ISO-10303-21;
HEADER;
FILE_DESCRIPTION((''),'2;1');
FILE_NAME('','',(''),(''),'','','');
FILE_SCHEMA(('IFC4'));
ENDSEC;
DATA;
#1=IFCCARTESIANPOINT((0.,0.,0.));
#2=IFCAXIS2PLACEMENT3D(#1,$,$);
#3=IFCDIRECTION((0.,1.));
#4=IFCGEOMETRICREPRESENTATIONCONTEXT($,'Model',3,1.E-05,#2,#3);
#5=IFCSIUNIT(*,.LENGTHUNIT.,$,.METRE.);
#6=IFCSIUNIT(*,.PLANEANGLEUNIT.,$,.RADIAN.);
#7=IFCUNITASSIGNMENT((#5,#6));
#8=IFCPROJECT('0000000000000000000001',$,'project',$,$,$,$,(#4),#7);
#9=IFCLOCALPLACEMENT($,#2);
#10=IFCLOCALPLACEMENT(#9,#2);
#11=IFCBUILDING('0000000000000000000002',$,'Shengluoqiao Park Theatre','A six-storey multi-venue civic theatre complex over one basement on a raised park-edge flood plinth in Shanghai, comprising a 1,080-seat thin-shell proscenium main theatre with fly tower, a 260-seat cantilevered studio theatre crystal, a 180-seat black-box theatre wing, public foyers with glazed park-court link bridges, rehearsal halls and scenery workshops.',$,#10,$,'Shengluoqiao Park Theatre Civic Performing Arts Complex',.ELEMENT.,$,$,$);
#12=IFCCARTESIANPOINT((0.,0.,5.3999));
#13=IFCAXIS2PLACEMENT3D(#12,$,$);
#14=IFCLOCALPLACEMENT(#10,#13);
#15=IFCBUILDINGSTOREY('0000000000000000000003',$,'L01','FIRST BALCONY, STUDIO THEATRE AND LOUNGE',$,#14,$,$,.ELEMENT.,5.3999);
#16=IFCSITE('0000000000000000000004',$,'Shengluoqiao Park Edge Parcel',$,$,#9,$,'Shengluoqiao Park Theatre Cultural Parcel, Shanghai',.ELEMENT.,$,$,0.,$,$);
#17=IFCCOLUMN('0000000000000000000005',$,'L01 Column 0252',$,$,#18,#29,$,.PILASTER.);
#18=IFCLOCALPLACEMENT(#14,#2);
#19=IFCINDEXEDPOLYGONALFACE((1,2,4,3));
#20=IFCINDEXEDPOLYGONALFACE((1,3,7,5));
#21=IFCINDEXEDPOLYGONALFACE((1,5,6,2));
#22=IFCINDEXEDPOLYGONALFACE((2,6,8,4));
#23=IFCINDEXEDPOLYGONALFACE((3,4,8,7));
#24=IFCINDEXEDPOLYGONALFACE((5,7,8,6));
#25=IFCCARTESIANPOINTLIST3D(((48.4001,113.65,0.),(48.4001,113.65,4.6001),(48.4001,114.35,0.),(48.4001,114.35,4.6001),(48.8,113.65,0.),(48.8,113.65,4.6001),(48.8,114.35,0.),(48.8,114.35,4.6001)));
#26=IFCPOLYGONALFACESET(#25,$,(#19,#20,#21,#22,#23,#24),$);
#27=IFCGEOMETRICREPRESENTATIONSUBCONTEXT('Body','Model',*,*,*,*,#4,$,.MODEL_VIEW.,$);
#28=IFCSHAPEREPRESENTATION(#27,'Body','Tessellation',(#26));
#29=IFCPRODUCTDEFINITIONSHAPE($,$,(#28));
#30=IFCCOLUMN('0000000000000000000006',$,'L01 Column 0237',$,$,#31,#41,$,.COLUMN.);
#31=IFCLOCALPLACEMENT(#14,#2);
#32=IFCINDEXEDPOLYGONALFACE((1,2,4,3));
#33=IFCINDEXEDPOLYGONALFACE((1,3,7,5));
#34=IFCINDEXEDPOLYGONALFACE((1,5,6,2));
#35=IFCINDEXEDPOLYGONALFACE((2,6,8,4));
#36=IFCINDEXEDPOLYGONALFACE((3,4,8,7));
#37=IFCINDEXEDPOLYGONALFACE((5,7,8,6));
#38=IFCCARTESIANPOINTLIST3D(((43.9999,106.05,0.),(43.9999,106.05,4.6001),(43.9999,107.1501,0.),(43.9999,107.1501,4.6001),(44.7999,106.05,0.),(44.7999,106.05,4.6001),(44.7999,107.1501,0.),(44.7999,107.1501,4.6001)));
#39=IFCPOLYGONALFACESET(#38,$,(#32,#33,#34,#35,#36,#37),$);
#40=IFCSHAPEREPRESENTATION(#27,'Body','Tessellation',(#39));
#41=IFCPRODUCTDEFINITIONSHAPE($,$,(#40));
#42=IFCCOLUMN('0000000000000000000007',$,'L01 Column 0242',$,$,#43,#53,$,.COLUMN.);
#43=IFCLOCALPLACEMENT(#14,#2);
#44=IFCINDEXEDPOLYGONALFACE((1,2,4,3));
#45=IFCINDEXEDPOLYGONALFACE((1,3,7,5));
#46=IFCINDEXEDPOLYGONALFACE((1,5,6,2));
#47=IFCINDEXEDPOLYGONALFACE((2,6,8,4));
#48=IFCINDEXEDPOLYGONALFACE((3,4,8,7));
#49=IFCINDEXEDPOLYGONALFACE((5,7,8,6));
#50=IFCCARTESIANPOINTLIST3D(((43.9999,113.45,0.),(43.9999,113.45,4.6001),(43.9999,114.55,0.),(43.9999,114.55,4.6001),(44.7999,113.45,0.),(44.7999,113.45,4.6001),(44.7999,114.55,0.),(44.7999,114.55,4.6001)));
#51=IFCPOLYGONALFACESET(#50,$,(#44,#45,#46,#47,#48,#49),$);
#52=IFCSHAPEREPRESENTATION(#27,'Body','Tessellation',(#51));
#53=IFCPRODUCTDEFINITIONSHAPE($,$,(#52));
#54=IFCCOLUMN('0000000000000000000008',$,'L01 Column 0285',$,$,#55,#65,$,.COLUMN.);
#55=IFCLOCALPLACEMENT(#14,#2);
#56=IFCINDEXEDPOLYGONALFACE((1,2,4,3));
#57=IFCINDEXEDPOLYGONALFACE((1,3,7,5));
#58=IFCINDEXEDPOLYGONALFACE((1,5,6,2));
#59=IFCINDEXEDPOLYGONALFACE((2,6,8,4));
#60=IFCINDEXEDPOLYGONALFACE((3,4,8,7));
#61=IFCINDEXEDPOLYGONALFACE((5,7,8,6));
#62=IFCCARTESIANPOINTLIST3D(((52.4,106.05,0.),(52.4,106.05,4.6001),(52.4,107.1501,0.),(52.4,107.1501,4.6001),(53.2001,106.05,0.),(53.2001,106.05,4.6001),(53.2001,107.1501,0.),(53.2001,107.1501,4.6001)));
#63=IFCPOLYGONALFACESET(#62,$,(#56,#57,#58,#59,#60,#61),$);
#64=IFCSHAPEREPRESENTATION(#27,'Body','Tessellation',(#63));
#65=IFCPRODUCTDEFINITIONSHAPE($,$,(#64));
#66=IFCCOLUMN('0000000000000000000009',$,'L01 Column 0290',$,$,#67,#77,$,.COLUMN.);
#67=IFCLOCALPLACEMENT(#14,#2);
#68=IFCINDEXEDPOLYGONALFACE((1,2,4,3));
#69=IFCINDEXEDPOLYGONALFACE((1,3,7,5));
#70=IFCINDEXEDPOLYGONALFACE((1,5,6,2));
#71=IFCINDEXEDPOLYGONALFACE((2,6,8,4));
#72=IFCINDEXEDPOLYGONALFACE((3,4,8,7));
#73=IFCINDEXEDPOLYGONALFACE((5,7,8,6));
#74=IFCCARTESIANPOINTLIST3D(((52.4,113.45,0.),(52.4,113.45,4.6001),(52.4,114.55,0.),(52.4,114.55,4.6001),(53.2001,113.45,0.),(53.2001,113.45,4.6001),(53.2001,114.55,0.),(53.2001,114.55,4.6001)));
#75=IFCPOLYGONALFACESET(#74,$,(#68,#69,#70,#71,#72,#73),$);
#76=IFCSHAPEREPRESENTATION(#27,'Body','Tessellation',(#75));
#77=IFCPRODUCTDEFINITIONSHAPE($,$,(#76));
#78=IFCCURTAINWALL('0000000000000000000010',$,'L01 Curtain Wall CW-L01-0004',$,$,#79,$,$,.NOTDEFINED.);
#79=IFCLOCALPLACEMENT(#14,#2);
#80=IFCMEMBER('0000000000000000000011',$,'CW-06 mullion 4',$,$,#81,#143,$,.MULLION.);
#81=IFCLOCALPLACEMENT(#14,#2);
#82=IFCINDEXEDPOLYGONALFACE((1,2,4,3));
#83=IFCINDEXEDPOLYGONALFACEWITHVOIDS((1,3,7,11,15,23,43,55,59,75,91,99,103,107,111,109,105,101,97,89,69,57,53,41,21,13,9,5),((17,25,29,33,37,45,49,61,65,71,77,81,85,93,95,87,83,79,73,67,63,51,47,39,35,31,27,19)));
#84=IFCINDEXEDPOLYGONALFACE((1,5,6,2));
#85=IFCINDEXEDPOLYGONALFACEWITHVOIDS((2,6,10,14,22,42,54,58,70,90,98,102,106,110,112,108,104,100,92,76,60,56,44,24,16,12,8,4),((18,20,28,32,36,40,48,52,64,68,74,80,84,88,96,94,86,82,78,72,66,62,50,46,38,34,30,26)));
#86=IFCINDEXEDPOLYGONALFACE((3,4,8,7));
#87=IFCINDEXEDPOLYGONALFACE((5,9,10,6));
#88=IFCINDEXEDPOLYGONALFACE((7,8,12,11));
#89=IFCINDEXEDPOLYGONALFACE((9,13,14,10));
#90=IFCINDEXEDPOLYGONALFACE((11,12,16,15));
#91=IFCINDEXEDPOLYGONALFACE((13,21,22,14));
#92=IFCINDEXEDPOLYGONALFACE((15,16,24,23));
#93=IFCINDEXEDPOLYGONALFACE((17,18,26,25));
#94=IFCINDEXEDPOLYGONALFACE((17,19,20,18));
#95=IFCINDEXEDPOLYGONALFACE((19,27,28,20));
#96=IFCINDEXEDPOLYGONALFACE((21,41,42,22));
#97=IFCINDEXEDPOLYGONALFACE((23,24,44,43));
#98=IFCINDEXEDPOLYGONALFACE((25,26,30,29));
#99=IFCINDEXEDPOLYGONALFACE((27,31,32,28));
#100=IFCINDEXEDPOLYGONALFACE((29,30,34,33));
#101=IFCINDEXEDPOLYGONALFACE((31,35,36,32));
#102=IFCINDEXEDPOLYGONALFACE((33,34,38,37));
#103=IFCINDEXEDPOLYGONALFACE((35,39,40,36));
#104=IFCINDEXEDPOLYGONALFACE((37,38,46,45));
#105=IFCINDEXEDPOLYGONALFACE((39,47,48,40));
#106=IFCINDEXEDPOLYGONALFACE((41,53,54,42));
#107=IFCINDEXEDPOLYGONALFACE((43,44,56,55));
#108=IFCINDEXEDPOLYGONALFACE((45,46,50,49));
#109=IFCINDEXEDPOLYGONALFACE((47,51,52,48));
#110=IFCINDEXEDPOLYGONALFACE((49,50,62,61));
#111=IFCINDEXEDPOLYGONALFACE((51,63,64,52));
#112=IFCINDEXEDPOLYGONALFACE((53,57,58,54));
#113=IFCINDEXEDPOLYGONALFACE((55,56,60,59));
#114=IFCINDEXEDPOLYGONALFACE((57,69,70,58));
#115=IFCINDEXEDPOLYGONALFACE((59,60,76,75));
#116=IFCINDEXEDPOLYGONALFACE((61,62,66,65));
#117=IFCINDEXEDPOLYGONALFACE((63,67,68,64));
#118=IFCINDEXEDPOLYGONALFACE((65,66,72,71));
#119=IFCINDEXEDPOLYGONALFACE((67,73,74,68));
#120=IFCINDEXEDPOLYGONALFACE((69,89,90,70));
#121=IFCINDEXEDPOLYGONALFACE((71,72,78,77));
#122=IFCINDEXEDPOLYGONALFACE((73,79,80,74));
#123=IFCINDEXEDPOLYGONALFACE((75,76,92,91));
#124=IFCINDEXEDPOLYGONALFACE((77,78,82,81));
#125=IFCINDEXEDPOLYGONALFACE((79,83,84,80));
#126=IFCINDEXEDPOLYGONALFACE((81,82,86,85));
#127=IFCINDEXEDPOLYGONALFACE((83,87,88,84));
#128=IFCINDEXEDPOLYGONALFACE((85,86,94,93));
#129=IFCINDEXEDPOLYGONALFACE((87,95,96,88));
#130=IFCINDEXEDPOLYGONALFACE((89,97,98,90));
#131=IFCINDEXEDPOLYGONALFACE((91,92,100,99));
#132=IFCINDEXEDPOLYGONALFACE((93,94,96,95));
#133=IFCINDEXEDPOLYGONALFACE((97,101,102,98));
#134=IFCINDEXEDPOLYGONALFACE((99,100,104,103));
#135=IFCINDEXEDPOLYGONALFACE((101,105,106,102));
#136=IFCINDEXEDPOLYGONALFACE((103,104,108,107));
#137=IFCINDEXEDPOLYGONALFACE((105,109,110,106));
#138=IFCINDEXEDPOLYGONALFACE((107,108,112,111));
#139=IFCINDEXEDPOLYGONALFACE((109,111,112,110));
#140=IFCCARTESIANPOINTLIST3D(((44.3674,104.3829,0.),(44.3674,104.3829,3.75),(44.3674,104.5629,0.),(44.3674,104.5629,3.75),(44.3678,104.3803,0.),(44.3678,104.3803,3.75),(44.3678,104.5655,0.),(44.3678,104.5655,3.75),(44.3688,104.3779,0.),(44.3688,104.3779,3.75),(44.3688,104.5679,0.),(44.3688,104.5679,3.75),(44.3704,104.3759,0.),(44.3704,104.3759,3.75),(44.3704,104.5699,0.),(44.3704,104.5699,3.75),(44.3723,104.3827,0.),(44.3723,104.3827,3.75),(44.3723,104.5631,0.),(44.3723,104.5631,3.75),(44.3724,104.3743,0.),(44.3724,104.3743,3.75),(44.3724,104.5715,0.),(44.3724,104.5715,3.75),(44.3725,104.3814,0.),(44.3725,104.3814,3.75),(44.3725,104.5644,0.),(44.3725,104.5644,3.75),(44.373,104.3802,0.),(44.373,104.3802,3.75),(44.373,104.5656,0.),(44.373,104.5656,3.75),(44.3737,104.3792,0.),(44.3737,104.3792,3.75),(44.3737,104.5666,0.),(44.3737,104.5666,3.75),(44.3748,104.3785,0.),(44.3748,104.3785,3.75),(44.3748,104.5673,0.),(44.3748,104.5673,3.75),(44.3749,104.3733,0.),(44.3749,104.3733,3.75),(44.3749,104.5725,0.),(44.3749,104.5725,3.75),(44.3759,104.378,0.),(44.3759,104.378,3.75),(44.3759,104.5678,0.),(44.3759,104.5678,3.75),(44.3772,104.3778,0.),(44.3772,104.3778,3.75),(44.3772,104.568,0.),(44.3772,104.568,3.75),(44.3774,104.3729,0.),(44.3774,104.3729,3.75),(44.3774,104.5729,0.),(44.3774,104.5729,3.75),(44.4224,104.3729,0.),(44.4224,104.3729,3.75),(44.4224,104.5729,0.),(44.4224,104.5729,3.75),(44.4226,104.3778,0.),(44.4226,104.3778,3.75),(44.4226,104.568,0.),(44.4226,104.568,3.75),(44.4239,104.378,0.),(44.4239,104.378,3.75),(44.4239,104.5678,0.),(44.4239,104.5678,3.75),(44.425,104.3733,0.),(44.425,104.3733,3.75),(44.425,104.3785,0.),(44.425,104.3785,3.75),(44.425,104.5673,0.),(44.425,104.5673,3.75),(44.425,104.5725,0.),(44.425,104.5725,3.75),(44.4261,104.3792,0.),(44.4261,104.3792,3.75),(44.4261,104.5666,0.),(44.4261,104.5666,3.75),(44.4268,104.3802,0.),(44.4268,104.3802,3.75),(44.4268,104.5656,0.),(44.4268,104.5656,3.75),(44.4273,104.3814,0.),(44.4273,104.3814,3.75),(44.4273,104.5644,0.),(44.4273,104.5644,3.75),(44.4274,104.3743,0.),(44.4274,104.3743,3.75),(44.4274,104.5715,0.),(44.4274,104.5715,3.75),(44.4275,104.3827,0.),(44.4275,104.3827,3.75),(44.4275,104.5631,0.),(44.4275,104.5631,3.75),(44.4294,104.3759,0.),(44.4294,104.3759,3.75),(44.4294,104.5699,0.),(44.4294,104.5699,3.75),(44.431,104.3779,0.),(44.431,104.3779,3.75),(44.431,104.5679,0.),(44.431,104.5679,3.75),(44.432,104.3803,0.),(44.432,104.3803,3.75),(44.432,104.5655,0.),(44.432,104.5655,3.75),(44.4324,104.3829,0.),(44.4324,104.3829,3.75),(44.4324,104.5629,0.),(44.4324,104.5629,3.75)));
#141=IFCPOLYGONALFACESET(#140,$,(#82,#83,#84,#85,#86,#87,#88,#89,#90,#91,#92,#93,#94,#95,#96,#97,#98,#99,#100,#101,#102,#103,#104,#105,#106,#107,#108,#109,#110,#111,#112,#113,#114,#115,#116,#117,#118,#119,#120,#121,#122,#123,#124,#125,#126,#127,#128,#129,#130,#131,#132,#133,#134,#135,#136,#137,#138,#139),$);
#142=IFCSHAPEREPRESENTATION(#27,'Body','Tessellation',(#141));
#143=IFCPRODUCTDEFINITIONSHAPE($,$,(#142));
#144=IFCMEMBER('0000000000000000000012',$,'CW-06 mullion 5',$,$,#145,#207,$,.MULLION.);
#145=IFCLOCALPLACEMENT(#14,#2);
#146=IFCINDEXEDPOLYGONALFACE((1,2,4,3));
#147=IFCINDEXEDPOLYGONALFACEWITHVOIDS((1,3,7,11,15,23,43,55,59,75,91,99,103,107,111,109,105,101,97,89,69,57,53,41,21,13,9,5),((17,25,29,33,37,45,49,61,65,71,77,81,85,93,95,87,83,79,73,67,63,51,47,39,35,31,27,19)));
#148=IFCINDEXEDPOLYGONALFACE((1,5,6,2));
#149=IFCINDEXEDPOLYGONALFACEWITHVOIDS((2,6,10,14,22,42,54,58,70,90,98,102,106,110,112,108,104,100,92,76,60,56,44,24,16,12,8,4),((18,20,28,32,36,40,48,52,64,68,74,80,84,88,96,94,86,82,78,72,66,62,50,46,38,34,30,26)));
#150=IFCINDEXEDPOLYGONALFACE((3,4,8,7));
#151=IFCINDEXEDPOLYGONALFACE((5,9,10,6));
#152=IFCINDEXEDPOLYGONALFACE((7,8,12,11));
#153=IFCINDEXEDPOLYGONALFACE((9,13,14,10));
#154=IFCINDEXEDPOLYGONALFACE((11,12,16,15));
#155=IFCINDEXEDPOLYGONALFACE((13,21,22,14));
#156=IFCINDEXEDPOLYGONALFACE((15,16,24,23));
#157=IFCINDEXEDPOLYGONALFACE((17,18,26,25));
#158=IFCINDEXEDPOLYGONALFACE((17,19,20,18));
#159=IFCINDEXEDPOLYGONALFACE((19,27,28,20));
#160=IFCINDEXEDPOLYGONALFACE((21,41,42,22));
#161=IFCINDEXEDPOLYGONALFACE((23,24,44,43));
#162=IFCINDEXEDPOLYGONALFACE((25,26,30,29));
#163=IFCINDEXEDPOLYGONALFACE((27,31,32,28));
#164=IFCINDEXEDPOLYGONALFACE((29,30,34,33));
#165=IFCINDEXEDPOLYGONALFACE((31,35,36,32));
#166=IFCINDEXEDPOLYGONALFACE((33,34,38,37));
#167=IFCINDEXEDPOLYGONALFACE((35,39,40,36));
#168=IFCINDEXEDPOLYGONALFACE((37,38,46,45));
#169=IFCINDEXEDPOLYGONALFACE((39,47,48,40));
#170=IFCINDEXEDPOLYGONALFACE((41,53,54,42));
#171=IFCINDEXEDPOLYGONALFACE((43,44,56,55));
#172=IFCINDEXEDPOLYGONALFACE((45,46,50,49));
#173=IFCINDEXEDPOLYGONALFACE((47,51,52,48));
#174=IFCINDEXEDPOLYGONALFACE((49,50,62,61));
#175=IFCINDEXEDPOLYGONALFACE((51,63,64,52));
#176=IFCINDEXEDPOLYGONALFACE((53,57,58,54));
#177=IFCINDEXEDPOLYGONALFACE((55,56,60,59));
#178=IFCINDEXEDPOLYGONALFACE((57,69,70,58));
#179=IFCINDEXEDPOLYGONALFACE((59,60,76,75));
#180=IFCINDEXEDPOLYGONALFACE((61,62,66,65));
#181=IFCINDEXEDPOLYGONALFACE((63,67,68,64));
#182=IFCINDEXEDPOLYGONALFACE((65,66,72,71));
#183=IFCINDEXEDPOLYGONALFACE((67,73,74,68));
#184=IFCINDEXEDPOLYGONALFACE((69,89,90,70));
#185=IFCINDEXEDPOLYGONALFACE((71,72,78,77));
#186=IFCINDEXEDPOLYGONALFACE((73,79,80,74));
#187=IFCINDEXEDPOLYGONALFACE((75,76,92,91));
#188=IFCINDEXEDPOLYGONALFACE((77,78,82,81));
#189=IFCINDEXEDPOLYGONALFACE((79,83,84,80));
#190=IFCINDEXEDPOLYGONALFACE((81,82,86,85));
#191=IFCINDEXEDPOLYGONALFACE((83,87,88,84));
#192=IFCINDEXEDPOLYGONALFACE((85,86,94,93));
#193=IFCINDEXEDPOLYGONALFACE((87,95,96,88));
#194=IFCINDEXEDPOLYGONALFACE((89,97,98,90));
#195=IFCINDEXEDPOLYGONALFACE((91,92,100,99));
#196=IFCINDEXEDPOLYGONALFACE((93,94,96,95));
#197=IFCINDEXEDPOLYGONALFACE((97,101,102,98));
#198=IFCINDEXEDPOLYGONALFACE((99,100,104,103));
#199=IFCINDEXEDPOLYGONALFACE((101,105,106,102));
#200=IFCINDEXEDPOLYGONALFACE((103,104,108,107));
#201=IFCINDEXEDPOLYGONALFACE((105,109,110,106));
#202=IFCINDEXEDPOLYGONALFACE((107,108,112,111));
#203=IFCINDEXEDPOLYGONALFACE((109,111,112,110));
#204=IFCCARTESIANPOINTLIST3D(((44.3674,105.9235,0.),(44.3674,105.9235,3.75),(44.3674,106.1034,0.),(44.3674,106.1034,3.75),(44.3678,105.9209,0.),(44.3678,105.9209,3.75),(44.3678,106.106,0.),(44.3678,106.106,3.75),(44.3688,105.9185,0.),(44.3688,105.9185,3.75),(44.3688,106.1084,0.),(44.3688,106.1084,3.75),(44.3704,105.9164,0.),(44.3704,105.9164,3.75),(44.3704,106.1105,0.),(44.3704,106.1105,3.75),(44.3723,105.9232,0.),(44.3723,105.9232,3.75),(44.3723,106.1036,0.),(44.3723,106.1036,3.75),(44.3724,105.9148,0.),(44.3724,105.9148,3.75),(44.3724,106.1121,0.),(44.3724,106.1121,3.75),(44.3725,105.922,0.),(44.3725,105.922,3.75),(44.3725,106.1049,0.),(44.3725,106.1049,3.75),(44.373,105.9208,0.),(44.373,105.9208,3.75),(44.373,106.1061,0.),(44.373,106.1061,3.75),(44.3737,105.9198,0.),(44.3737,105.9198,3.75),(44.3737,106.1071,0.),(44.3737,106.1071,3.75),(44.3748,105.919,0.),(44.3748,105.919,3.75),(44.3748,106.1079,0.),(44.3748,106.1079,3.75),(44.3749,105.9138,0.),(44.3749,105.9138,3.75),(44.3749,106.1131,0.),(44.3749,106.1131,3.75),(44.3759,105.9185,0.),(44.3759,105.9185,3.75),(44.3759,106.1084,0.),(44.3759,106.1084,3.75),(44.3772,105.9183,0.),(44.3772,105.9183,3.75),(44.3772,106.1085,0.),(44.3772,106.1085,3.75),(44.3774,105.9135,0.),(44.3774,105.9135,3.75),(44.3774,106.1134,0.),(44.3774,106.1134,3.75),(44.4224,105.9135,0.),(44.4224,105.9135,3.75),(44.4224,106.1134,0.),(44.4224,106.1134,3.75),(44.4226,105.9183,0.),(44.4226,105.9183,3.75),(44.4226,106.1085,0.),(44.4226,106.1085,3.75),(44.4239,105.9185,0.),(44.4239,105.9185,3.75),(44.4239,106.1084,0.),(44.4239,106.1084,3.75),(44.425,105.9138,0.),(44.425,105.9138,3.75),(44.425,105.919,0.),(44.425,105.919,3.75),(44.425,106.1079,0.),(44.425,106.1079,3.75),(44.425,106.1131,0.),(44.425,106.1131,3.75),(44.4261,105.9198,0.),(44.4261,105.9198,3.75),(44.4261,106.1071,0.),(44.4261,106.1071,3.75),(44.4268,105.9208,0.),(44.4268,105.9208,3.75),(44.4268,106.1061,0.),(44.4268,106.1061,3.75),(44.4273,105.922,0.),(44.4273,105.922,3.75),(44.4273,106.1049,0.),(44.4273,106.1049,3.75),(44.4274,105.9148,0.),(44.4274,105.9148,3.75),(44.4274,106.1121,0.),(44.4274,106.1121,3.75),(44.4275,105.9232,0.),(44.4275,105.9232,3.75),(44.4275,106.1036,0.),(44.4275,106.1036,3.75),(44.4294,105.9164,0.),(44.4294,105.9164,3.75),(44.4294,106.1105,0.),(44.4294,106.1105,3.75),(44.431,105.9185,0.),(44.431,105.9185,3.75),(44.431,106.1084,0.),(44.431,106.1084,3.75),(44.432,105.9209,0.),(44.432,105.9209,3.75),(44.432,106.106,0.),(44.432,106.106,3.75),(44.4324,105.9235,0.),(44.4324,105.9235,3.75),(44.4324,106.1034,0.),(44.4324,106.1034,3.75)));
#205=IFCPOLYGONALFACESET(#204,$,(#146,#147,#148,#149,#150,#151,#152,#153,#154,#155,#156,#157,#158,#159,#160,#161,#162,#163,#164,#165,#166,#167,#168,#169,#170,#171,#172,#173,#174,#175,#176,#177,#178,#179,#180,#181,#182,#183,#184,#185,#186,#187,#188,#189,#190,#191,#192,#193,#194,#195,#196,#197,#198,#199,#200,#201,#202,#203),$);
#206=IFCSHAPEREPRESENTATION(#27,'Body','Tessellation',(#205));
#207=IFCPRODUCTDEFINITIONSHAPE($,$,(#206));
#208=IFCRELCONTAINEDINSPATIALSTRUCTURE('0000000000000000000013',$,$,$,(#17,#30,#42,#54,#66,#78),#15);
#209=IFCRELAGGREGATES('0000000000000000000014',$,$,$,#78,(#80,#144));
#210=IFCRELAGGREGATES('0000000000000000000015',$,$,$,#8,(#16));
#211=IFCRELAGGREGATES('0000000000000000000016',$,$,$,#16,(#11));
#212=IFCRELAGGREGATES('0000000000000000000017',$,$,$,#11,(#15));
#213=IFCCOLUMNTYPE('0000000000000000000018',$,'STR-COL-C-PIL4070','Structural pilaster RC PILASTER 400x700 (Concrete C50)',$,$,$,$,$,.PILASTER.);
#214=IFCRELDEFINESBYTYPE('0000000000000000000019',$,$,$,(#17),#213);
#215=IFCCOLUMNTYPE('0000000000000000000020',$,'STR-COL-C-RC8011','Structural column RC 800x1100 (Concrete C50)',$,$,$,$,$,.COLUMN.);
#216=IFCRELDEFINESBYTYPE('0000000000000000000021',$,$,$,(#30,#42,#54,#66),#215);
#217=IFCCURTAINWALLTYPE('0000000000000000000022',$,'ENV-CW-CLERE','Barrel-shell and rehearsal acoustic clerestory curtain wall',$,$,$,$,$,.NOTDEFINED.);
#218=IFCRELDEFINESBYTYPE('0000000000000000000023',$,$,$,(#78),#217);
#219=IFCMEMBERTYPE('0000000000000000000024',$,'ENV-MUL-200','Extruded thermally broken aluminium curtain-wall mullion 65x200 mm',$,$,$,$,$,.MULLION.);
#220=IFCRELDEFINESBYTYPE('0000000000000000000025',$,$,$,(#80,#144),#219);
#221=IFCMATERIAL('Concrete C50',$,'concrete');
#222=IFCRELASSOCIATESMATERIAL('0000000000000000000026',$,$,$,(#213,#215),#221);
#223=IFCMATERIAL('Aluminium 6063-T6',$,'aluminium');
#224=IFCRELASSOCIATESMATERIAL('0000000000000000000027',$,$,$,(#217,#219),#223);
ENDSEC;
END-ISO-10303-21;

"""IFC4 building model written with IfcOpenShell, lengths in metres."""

from ifc_helpers import new_model, si_unit, direction, frame, origin, origin_2d, place, context, subcontext, project, spatial, rectangle, hollow_rectangle, extrude, material, material_profile, profile_set, type_object, element, aggregate, save


model = new_model("IFC4")

# Units and contexts
model_context = context("Model", 3, precision=1e-05, world=origin(), true_north=direction((0.0, 1.0)))
body_context = subcontext(model_context, "Body", "Model", "MODEL_VIEW")
ifc_project = project(units=[si_unit("LENGTHUNIT", "METRE"), si_unit("PLANEANGLEUNIT", "RADIAN")], contexts=[model_context])

# Site, building, storey
site_placement = place(None, origin())
site = spatial("IfcSite", under=ifc_project, at=site_placement, Name="Shengluoqiao Park Edge Parcel", LongName="Shengluoqiao Park Theatre Cultural Parcel, Shanghai", CompositionType="ELEMENT", RefElevation=0.0)
building_placement = place(site_placement, origin())
building = spatial("IfcBuilding", under=site, at=building_placement, Name="Shengluoqiao Park Theatre", Description="A six-storey multi-venue civic theatre complex over one basement on a raised park-edge flood plinth in Shanghai, comprising a 1,080-seat thin-shell proscenium main theatre with fly tower, a 260-seat cantilevered studio theatre crystal, a 180-seat black-box theatre wing, public foyers with glazed park-court link bridges, rehearsal halls and scenery workshops.", LongName="Shengluoqiao Park Theatre Civic Performing Arts Complex", CompositionType="ELEMENT")
storey_placement = place(building_placement, frame((0.0, 0.0, 5.3999)))
storey = spatial("IfcBuildingStorey", under=building, at=storey_placement, Name="L01", Description="FIRST BALCONY, STUDIO THEATRE AND LOUNGE", CompositionType="ELEMENT", Elevation=5.3999)

# Columns
ifc_material_1 = material(Name="Concrete C50", Category="concrete")
ifc_material_profile_1 = material_profile(ifc_material_1, rectangle(XDim=0.3999, YDim=0.7, at=origin_2d()), Name="RC PILASTER 400x700")
ifc_profile_set_1 = profile_set([ifc_material_profile_1], Name="Concrete C50")
column_type_1 = type_object("IfcColumnType", Name="STR-COL-C-PIL4070", Description="Structural pilaster RC PILASTER 400x700 (Concrete C50)", PredefinedType="PILASTER", material=ifc_profile_set_1)
column_placement = place(storey_placement, frame((48.6001, 114.0, 0.0), z_axis=(0.0, 0.0, 1.0), x_axis=(1.0, 0.0, 0.0)))
element("IfcColumn", 1, at=column_placement, inside=storey, type_object=column_type_1, Name="L01 Column 0252", PredefinedType="PILASTER", context=body_context, shape_type="SweptSolid", body=[
    extrude(rectangle(XDim=0.3999, YDim=0.7, at=origin_2d()), origin(), (0.0, 0.0, 1.0), 4.6001),
])
ifc_material_profile_2 = material_profile(ifc_material_1, rectangle(XDim=0.8, YDim=1.1001, at=origin_2d()), Name="RC 800x1100")
ifc_profile_set_2 = profile_set([ifc_material_profile_2], Name="Concrete C50")
column_type_2 = type_object("IfcColumnType", Name="STR-COL-C-RC8011", Description="Structural column RC 800x1100 (Concrete C50)", PredefinedType="COLUMN", material=ifc_profile_set_2)
for number, where, z_axis, x_axis, name in (
    (2, (44.3999, 106.6001, 0.0), (0.0, 0.0, 1.0), (1.0, 0.0, 0.0), "L01 Column 0237"),
    (3, (44.3999, 114.0, 0.0), (0.0, 0.0, 1.0), (1.0, 0.0, 0.0), "L01 Column 0242"),
    (4, (52.8, 106.6001, 0.0), (0.0, 0.0, 1.0), (1.0, 0.0, 0.0), "L01 Column 0285"),
    (5, (52.8, 114.0, 0.0), (0.0, 0.0, 1.0), (1.0, 0.0, 0.0), "L01 Column 0290"),
):
    element("IfcColumn", number, at=place(storey_placement, frame(where, z_axis=z_axis, x_axis=x_axis)), inside=storey, type_object=column_type_2, Name=name, PredefinedType="COLUMN", context=body_context, shape_type="SweptSolid", body=[
        extrude(rectangle(XDim=0.8, YDim=1.1001, at=origin_2d()), origin(), (0.0, 0.0, 1.0), 4.6001),
    ])

# Curtain wall, members
ifc_material_2 = material(Name="Aluminium 6063-T6", Category="aluminium")
curtain_wall_type = type_object("IfcCurtainWallType", Name="ENV-CW-CLERE", Description="Barrel-shell and rehearsal acoustic clerestory curtain wall", PredefinedType="NOTDEFINED", material=ifc_material_2)
curtain_wall_placement = place(storey_placement, origin())
curtain_wall = element("IfcCurtainWall", 6, at=curtain_wall_placement, inside=storey, type_object=curtain_wall_type, Name="L01 Curtain Wall CW-L01-0004", PredefinedType="NOTDEFINED")
ifc_material_profile_3 = material_profile(ifc_material_2, hollow_rectangle(XDim=0.0649, YDim=0.2, WallThickness=0.0049, InnerFilletRadius=0.0049, OuterFilletRadius=0.01, at=origin_2d()), Name="ALU MULLION 200x65x5")
ifc_profile_set_3 = profile_set([ifc_material_profile_3], Name="Aluminium 6063-T6")
member_type_1 = type_object("IfcMemberType", Name="ENV-MUL-200", Description="Extruded thermally broken aluminium curtain-wall mullion 65x200 mm", PredefinedType="MULLION", material=ifc_profile_set_3)
member_1_placement = place(storey_placement, frame((44.3999, 104.4729, 0.0), z_axis=(0.0, 0.0, 1.0), x_axis=(-1.0, 0.0, 0.0)))
member_1 = element("IfcMember", 7, at=member_1_placement, type_object=member_type_1, Name="CW-06 mullion 4", PredefinedType="MULLION", context=body_context, shape_type="SweptSolid", body=[
    extrude(hollow_rectangle(XDim=0.0649, YDim=0.2, WallThickness=0.0049, InnerFilletRadius=0.0049, OuterFilletRadius=0.01, at=origin_2d()), origin(), (0.0, 0.0, 1.0), 3.75),
])
member_2_placement = place(storey_placement, frame((44.3999, 106.0134, 0.0), z_axis=(0.0, 0.0, 1.0), x_axis=(-1.0, 0.0, 0.0)))
member_2 = element("IfcMember", 8, at=member_2_placement, type_object=member_type_1, Name="CW-06 mullion 5", PredefinedType="MULLION", context=body_context, shape_type="SweptSolid", body=[
    extrude(hollow_rectangle(XDim=0.0649, YDim=0.2, WallThickness=0.0049, InnerFilletRadius=0.0049, OuterFilletRadius=0.01, at=origin_2d()), origin(), (0.0, 0.0, 1.0), 3.75),
])

aggregate(curtain_wall, [member_1, member_2])

save(model, "model.ifc")
